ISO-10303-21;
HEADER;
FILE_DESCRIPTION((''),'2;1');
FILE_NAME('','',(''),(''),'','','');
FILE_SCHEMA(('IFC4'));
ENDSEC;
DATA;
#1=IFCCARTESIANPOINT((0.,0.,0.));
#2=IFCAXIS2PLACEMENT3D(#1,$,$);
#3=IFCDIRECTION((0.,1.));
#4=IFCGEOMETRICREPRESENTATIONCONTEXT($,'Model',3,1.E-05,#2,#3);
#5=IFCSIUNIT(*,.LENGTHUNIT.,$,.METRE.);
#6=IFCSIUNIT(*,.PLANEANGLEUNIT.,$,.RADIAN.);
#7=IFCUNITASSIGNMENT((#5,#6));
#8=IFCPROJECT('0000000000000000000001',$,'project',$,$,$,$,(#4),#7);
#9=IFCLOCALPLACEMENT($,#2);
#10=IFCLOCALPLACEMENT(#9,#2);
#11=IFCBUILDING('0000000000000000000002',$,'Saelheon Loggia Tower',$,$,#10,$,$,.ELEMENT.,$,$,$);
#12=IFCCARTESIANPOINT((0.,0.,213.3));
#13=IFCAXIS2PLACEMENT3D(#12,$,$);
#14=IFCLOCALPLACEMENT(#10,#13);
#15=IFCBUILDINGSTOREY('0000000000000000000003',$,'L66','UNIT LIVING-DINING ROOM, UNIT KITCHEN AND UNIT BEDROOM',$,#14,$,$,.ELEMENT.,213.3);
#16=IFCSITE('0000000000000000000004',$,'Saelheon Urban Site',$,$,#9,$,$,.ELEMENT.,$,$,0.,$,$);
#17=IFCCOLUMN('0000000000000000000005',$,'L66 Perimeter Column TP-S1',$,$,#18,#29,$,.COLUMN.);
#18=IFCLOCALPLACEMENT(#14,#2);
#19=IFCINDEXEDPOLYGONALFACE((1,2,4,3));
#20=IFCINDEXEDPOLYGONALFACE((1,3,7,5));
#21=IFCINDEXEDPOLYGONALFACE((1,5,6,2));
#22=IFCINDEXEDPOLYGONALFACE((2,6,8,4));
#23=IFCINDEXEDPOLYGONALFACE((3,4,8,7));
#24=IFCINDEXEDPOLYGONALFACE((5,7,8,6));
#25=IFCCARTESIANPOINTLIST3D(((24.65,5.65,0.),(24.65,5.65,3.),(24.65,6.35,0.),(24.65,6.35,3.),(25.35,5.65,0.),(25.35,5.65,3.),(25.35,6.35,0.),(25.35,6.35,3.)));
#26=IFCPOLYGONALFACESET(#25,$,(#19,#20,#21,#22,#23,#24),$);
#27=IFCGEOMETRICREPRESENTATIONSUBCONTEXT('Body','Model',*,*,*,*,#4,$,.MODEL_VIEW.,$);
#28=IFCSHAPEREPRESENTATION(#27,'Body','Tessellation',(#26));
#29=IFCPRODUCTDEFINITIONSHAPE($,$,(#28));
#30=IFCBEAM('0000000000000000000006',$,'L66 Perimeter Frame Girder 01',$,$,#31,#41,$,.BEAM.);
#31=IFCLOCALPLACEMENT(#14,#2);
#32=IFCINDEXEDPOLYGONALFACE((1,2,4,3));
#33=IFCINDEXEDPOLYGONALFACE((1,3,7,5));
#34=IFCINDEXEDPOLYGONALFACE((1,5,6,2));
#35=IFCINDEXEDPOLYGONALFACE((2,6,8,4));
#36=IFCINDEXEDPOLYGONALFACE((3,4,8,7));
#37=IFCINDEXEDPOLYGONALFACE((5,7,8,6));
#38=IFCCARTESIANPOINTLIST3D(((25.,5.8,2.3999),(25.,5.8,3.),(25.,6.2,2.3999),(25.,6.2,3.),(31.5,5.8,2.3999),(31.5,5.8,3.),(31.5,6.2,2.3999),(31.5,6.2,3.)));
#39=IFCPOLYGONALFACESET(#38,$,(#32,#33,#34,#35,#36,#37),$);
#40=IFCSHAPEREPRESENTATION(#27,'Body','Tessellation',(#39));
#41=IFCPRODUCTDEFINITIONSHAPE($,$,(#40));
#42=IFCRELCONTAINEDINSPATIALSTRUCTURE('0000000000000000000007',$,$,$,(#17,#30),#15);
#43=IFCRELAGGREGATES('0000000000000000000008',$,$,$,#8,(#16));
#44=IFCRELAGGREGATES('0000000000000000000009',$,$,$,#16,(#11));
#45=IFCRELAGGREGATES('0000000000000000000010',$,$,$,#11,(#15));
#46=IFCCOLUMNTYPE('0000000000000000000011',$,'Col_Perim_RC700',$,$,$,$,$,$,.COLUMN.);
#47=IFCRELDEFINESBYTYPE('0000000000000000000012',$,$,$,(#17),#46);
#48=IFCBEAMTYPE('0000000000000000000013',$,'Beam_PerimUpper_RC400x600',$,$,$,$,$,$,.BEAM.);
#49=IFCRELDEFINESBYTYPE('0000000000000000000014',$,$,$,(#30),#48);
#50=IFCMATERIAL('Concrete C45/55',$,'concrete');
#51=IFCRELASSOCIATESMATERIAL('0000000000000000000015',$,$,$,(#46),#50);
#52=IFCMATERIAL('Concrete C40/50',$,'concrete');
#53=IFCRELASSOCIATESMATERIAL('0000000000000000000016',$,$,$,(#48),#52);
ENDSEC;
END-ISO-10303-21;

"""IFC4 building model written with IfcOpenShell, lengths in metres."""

from ifc_helpers import new_model, si_unit, direction, frame, origin, origin_2d, place, context, subcontext, project, spatial, rectangle, extrude, source, transform, mapped, material, material_profile, profile_set, type_object, element, save


model = new_model("IFC4")

# Units and contexts
model_context = context("Model", 3, precision=1e-05, world=origin(), true_north=direction((0.0, 1.0)))
body_context = subcontext(model_context, "Body", "Model", "MODEL_VIEW")
ifc_project = project(units=[si_unit("LENGTHUNIT", "METRE"), si_unit("PLANEANGLEUNIT", "RADIAN")], contexts=[model_context])

# Site, building, storey
site_placement = place(None, origin())
site = spatial("IfcSite", under=ifc_project, at=site_placement, Name="Saelheon Urban Site", CompositionType="ELEMENT", RefElevation=0.0)
building_placement = place(site_placement, origin())
building = spatial("IfcBuilding", under=site, at=building_placement, Name="Saelheon Loggia Tower", CompositionType="ELEMENT")
storey_placement = place(building_placement, frame((0.0, 0.0, 213.3)))
storey = spatial("IfcBuildingStorey", under=building, at=storey_placement, Name="L66", Description="UNIT LIVING-DINING ROOM, UNIT KITCHEN AND UNIT BEDROOM", CompositionType="ELEMENT", Elevation=213.3)

# Column
ifc_material_1 = material(Name="Concrete C45/55", Category="concrete")
ifc_material_profile_1 = material_profile(ifc_material_1, rectangle(XDim=0.7, YDim=0.7, at=origin_2d()), Name="RC-700x700")
ifc_profile_set_1 = profile_set([ifc_material_profile_1], Name="Concrete C45/55")
column_type = type_object("IfcColumnType", Name="Col_Perim_RC700", PredefinedType="COLUMN", material=ifc_profile_set_1)
shared_shape_1 = source(origin(), body_context, "Body", "SweptSolid", [
    extrude(rectangle(XDim=0.7, YDim=0.7, at=origin_2d()), origin(), (0.0, 0.0, 1.0), 3.0),
])
column_placement = place(storey_placement, frame((25.0, 6.0, 0.0), z_axis=(0.0, 0.0, 1.0), x_axis=(1.0, 0.0, 0.0)))
element("IfcColumn", 1, at=column_placement, inside=storey, type_object=column_type, Name="L66 Perimeter Column TP-S1", PredefinedType="COLUMN", context=body_context, shape_type="MappedRepresentation", body=[
    mapped(shared_shape_1, transform((0.0, 0.0, 0.0), scale=1.0)),
])

# Beam
ifc_material_2 = material(Name="Concrete C40/50", Category="concrete")
ifc_material_profile_2 = material_profile(ifc_material_2, rectangle(XDim=0.3999, YDim=0.6001, at=origin_2d()), Name="RC-400x600")
ifc_profile_set_2 = profile_set([ifc_material_profile_2], Name="Concrete C40/50")
beam_type = type_object("IfcBeamType", Name="Beam_PerimUpper_RC400x600", PredefinedType="BEAM", material=ifc_profile_set_2)
shared_shape_2 = source(origin(), body_context, "Body", "SweptSolid", [
    extrude(rectangle(XDim=0.3999, YDim=0.6001, at=origin_2d()), origin(), (0.0, 0.0, 1.0), 6.5),
])
beam_placement = place(storey_placement, frame((25.0, 6.0, 2.7), z_axis=(1.0, 0.0, 0.0), x_axis=(0.0, 1.0, 0.0)))
element("IfcBeam", 2, at=beam_placement, inside=storey, type_object=beam_type, Name="L66 Perimeter Frame Girder 01", PredefinedType="BEAM", context=body_context, shape_type="MappedRepresentation", body=[
    mapped(shared_shape_2, transform((0.0, 0.0, 0.0), scale=1.0)),
])

save(model, "model.ifc")
